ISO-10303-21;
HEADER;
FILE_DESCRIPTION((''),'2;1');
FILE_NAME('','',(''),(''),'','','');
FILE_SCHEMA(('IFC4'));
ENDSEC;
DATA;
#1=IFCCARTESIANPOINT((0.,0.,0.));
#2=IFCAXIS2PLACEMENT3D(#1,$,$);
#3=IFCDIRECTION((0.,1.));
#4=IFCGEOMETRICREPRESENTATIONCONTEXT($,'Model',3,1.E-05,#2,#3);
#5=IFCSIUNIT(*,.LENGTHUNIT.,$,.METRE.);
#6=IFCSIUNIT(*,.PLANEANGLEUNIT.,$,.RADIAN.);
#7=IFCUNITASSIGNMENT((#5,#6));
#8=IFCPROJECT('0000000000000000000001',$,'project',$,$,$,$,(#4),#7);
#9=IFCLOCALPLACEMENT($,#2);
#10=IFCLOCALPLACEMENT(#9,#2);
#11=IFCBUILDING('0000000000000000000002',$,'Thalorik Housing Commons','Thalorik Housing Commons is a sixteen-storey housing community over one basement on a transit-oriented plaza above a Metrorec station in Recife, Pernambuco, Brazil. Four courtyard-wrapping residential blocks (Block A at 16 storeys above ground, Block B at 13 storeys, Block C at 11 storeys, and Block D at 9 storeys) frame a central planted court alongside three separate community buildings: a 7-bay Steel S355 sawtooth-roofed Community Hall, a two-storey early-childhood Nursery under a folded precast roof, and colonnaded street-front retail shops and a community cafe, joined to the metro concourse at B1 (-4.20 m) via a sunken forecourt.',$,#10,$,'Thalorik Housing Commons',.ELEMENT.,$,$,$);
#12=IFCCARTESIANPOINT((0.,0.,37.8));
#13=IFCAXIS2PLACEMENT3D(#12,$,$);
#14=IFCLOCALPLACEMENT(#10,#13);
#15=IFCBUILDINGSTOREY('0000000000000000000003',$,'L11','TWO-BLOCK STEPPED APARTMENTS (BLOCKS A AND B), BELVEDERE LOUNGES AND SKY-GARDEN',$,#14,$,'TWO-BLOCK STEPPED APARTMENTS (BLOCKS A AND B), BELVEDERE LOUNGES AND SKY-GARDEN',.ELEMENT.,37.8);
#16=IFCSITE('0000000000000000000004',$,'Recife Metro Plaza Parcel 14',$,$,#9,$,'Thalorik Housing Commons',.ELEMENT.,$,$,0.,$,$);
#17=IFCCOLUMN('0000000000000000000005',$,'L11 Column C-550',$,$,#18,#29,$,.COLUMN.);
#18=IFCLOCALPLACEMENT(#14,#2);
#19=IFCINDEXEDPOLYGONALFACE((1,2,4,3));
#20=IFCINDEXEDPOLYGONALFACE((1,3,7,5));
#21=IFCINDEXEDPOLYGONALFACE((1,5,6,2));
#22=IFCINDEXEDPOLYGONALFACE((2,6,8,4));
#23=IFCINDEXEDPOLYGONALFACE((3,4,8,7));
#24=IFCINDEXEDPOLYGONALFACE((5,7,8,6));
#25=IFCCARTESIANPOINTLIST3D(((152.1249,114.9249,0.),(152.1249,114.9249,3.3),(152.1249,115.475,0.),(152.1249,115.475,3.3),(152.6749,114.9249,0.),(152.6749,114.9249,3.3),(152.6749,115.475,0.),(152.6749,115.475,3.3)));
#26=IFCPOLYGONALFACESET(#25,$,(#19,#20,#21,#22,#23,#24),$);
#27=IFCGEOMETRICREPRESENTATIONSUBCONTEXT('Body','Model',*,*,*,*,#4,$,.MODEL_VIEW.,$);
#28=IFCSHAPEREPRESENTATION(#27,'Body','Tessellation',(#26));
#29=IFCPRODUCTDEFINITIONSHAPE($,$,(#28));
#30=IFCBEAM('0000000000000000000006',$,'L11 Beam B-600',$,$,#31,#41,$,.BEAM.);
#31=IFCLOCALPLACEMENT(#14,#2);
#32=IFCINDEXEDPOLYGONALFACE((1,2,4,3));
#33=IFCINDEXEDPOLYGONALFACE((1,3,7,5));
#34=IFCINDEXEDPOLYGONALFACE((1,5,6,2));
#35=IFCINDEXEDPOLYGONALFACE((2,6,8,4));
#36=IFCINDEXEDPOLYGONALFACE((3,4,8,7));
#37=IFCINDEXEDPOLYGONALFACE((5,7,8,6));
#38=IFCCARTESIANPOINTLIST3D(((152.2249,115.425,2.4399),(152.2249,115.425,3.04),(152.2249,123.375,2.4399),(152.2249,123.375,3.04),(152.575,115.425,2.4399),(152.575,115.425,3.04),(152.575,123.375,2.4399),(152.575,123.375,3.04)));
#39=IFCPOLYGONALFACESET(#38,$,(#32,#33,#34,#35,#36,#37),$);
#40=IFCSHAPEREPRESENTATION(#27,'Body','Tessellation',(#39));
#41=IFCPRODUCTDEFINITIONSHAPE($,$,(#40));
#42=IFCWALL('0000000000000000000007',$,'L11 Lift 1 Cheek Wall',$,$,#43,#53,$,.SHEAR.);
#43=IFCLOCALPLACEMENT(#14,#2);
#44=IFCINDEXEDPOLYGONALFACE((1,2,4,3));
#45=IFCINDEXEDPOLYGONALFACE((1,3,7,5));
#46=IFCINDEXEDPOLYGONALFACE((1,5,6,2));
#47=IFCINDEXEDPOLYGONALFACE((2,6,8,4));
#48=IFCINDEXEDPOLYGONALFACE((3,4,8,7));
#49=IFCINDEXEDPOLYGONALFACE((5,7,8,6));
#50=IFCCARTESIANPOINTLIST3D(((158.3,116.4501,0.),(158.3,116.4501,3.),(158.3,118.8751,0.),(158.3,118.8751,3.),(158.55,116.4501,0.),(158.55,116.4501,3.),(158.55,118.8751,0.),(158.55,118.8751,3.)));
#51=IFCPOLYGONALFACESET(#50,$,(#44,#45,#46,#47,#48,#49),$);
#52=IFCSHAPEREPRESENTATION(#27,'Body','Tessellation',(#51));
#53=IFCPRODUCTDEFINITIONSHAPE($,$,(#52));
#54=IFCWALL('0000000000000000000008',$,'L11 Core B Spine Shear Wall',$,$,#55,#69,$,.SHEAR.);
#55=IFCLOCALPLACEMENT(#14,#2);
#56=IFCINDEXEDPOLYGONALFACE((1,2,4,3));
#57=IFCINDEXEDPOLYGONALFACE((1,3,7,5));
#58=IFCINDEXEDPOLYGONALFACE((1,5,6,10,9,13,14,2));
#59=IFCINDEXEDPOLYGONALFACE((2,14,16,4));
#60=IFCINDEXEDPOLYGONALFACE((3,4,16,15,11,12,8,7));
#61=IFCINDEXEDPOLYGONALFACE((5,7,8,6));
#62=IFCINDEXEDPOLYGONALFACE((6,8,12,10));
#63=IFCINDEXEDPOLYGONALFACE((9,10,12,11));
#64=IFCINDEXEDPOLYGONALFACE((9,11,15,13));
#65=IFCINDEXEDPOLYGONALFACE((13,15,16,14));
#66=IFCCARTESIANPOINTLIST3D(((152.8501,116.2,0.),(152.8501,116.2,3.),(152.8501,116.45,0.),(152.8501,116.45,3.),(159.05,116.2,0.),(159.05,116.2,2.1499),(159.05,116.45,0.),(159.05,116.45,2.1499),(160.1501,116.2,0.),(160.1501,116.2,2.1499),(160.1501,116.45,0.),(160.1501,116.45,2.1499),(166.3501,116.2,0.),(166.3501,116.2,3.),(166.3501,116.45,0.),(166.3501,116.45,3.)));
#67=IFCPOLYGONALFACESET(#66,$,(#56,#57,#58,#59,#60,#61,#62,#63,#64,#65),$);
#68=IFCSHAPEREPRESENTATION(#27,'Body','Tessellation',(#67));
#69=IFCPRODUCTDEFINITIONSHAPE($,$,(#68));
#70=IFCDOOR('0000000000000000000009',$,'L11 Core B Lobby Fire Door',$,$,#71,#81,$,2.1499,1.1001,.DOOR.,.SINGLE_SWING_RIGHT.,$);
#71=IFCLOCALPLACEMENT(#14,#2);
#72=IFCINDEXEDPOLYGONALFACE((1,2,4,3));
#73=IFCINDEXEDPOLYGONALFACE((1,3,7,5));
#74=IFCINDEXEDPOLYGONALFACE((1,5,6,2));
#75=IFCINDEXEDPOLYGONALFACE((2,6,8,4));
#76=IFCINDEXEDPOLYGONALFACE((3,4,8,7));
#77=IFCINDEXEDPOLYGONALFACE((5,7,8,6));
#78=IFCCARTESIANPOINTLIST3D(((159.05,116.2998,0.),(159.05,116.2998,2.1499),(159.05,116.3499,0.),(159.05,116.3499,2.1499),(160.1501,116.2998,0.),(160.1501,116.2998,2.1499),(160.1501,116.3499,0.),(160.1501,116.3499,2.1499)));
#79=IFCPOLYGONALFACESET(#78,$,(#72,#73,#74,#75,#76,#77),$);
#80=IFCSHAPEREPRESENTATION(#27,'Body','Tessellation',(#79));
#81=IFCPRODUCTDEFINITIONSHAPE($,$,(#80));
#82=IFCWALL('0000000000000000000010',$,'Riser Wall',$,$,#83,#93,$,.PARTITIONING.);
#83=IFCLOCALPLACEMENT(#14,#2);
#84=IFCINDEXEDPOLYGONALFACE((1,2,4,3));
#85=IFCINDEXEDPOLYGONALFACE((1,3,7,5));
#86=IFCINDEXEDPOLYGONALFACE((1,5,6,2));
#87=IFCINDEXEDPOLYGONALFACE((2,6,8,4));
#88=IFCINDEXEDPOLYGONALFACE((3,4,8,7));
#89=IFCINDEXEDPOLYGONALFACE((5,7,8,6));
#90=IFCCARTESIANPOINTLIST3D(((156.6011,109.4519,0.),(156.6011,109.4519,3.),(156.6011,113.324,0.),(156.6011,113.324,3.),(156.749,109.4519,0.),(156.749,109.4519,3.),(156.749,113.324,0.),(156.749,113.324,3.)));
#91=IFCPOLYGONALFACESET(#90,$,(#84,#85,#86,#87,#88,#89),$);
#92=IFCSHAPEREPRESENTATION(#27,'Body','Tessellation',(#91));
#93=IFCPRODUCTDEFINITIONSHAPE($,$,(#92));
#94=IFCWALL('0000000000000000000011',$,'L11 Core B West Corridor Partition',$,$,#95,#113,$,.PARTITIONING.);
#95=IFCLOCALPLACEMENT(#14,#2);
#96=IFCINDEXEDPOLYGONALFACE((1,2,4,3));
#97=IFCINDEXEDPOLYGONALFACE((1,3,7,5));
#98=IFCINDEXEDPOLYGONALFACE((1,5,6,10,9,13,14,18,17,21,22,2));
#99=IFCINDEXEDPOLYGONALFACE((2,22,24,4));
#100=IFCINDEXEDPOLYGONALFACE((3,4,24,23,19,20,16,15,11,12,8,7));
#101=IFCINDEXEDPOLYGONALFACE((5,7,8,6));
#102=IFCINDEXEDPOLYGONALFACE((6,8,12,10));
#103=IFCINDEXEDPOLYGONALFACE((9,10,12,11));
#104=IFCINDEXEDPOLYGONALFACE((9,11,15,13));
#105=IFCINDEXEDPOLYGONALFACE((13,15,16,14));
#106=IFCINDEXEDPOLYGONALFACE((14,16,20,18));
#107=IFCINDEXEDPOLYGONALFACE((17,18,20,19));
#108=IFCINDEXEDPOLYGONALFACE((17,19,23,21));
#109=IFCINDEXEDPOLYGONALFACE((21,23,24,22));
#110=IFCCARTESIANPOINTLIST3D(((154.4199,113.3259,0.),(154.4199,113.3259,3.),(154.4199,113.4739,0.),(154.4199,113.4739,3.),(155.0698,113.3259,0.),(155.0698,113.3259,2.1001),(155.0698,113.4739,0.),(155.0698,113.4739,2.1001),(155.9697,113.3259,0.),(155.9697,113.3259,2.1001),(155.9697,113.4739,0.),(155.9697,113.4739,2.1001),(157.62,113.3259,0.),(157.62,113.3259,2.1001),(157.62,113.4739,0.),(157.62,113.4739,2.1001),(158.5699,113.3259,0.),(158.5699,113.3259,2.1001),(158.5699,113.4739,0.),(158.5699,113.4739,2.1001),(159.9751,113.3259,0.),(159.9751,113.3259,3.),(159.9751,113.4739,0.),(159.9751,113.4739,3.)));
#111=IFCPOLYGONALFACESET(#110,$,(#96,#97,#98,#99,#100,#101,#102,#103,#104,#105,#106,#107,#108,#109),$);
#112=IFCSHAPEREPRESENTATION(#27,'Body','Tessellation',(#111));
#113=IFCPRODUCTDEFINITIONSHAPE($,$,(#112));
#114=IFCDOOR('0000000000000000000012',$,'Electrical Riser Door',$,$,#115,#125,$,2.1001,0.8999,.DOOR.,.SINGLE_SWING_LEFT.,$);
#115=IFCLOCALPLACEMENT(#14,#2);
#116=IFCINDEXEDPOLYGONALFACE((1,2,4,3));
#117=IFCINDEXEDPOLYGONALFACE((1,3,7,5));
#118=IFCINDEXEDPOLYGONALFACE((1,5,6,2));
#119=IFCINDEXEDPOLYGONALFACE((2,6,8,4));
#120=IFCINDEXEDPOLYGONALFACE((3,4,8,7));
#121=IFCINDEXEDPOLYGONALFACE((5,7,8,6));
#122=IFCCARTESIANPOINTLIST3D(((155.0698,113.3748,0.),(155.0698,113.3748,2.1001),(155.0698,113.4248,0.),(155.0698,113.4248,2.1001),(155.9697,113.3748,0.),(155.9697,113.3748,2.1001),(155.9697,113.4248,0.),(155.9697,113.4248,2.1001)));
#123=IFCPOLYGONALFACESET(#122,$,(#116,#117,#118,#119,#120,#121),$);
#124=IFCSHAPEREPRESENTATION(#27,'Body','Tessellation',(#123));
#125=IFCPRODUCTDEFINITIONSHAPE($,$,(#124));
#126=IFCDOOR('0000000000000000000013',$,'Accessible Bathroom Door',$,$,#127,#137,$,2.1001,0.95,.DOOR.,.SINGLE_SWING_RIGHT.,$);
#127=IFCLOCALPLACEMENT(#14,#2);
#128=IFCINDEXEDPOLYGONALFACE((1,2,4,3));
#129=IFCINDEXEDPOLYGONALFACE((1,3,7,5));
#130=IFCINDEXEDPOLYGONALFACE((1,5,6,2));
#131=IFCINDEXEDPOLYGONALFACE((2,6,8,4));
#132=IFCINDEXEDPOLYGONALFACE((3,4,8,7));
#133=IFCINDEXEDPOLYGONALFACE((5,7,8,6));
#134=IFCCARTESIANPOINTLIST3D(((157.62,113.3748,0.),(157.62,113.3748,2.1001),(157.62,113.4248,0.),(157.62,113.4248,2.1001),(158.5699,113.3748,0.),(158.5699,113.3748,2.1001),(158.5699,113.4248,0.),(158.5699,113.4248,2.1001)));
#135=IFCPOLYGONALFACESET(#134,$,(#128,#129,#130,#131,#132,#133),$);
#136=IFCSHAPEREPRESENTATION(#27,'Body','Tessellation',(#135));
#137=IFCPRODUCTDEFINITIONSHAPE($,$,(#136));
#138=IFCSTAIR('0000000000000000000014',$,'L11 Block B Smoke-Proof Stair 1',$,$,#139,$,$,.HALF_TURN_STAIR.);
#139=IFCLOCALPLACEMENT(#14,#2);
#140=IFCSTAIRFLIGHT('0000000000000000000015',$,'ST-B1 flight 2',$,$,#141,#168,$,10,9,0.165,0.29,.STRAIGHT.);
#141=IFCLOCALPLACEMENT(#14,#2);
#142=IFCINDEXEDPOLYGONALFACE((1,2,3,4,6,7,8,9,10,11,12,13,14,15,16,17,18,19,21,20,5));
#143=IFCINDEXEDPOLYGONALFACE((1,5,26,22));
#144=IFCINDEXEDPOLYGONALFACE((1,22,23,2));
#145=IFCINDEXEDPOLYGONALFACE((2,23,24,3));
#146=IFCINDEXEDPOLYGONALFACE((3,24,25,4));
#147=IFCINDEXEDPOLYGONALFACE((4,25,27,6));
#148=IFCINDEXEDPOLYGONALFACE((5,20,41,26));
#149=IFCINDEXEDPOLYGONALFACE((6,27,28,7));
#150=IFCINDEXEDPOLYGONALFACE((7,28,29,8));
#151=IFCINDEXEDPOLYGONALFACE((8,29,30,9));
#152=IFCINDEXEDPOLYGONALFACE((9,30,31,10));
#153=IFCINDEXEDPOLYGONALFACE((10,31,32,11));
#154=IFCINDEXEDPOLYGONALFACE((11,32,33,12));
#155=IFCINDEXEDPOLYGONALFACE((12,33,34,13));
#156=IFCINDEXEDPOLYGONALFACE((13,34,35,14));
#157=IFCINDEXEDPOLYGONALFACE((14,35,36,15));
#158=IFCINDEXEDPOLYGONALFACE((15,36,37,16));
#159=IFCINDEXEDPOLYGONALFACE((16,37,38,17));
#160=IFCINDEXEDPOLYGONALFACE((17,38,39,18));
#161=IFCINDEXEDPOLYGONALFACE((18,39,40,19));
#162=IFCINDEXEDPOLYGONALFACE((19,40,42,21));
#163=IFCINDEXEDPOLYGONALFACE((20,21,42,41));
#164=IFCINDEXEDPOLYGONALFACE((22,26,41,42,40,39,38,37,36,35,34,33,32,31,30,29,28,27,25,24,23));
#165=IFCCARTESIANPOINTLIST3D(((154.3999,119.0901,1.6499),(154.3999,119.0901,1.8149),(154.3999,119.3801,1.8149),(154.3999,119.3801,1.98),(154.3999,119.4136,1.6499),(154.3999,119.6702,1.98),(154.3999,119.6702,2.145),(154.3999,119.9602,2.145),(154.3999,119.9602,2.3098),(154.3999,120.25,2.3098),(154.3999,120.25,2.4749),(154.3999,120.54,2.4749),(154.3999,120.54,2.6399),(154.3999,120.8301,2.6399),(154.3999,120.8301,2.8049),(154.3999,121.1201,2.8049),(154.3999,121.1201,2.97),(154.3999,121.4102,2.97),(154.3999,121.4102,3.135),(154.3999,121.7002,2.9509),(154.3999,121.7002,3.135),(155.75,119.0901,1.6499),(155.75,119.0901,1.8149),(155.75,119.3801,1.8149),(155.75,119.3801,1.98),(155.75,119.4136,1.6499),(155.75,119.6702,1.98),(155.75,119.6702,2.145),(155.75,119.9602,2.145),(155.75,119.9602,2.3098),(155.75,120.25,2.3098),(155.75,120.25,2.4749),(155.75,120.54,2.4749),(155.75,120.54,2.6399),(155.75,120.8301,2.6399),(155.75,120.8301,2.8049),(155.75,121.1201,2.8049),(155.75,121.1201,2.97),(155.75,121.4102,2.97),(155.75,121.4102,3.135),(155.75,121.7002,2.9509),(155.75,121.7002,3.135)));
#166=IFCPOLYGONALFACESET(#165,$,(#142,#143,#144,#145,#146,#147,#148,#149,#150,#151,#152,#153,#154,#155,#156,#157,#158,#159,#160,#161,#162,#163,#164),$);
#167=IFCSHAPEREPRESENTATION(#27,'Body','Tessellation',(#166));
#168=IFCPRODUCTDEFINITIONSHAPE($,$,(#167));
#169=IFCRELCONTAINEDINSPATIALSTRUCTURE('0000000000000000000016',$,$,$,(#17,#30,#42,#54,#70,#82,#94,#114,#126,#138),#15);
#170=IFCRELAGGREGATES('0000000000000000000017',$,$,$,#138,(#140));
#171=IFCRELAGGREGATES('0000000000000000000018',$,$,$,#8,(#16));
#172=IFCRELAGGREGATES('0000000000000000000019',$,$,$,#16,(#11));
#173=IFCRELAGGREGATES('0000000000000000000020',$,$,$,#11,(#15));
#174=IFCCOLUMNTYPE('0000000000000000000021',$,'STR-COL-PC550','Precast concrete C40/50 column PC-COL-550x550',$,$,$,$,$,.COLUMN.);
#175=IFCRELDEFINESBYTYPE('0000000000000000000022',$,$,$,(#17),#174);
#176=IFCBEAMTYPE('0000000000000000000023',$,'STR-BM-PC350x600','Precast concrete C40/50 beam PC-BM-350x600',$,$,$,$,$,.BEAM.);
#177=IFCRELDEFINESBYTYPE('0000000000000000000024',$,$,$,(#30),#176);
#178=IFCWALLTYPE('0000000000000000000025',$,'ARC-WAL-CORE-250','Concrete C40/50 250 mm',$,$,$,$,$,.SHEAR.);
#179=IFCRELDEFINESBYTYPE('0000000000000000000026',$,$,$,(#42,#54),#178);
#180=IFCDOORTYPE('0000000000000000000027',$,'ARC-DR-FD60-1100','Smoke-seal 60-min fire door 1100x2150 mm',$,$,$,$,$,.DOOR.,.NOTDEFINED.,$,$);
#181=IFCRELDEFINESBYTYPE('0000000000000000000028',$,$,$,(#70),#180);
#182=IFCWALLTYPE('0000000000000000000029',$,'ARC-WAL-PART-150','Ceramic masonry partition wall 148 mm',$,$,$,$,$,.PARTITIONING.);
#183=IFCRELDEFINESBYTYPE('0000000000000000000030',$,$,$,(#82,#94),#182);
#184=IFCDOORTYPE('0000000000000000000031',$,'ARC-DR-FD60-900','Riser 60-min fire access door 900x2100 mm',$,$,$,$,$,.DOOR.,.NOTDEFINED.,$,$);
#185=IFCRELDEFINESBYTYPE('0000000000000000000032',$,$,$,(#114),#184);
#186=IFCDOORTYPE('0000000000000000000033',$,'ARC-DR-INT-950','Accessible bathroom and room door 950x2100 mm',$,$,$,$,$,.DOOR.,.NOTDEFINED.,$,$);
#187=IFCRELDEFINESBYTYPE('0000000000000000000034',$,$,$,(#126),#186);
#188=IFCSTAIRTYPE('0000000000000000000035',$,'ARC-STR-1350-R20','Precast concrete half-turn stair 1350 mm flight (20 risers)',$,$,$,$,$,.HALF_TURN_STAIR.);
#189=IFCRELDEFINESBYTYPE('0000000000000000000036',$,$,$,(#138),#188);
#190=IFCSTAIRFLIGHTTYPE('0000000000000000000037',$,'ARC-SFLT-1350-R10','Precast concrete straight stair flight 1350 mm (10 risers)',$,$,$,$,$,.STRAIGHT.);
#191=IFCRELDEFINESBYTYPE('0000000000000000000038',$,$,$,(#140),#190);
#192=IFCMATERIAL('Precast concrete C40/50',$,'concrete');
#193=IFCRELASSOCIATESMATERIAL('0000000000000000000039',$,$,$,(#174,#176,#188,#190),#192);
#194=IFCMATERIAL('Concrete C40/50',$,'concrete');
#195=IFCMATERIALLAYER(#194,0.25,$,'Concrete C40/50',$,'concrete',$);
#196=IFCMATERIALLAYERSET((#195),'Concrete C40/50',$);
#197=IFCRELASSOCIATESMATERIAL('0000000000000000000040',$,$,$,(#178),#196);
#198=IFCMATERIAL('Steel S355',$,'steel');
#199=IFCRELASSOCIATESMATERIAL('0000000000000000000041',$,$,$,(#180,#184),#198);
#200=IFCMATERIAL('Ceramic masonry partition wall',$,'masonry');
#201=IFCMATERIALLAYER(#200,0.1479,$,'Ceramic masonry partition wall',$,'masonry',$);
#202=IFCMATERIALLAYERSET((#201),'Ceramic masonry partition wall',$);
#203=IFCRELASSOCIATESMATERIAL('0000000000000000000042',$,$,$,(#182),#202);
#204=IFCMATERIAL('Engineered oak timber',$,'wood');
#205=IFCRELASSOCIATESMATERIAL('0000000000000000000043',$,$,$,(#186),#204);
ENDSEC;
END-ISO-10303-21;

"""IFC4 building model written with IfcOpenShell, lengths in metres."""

from ifc_helpers import new_model, si_unit, direction, frame, frame_2d, origin, origin_2d, place, context, subcontext, project, spatial, polyline, rectangle, outline, extrude, material, layer, layer_set, material_profile, profile_set, type_object, element, fill, aggregate, save


model = new_model("IFC4")

# Units and contexts
model_context = context("Model", 3, precision=1e-05, world=origin(), true_north=direction((0.0, 1.0)))
body_context = subcontext(model_context, "Body", "Model", "MODEL_VIEW")
ifc_project = project(units=[si_unit("LENGTHUNIT", "METRE"), si_unit("PLANEANGLEUNIT", "RADIAN")], contexts=[model_context])

# Site, building, storey
site_placement = place(None, origin())
site = spatial("IfcSite", under=ifc_project, at=site_placement, Name="Recife Metro Plaza Parcel 14", LongName="Thalorik Housing Commons", CompositionType="ELEMENT", RefElevation=0.0)
building_placement = place(site_placement, origin())
building = spatial("IfcBuilding", under=site, at=building_placement, Name="Thalorik Housing Commons", Description="Thalorik Housing Commons is a sixteen-storey housing community over one basement on a transit-oriented plaza above a Metrorec station in Recife, Pernambuco, Brazil. Four courtyard-wrapping residential blocks (Block A at 16 storeys above ground, Block B at 13 storeys, Block C at 11 storeys, and Block D at 9 storeys) frame a central planted court alongside three separate community buildings: a 7-bay Steel S355 sawtooth-roofed Community Hall, a two-storey early-childhood Nursery under a folded precast roof, and colonnaded street-front retail shops and a community cafe, joined to the metro concourse at B1 (-4.20 m) via a sunken forecourt.", LongName="Thalorik Housing Commons", CompositionType="ELEMENT")
storey_placement = place(building_placement, frame((0.0, 0.0, 37.8)))
storey = spatial("IfcBuildingStorey", under=building, at=storey_placement, Name="L11", Description="TWO-BLOCK STEPPED APARTMENTS (BLOCKS A AND B), BELVEDERE LOUNGES AND SKY-GARDEN", LongName="TWO-BLOCK STEPPED APARTMENTS (BLOCKS A AND B), BELVEDERE LOUNGES AND SKY-GARDEN", CompositionType="ELEMENT", Elevation=37.8)

# Column
ifc_material_1 = material(Name="Precast concrete C40/50", Category="concrete")
ifc_material_profile_1 = material_profile(ifc_material_1, rectangle(XDim=0.55, YDim=0.55, at=origin_2d()), Name="PC 550x550", Category="concrete")
ifc_profile_set_1 = profile_set([ifc_material_profile_1], Name="Precast concrete C40/50")
column_type = type_object("IfcColumnType", Name="STR-COL-PC550", Description="Precast concrete C40/50 column PC-COL-550x550", PredefinedType="COLUMN", material=ifc_profile_set_1)
column_placement = place(storey_placement, frame((152.3999, 115.2, 0.0), z_axis=(0.0, 0.0, 1.0), x_axis=(1.0, 0.0, 0.0)))
element("IfcColumn", 1, at=column_placement, inside=storey, type_object=column_type, Name="L11 Column C-550", PredefinedType="COLUMN", context=body_context, shape_type="SweptSolid", body=[
    extrude(rectangle(XDim=0.55, YDim=0.55, at=origin_2d()), origin(), (0.0, 0.0, 1.0), 3.3),
])

# Beam
ifc_material_profile_2 = material_profile(ifc_material_1, rectangle(XDim=0.3501, YDim=0.6001, at=origin_2d()), Name="PC 350x600", Category="concrete")
ifc_profile_set_2 = profile_set([ifc_material_profile_2], Name="Precast concrete C40/50")
beam_type = type_object("IfcBeamType", Name="STR-BM-PC350x600", Description="Precast concrete C40/50 beam PC-BM-350x600", PredefinedType="BEAM", material=ifc_profile_set_2)
beam_placement = place(storey_placement, frame((152.3999, 115.425, 2.74), z_axis=(0.0, 1.0, 0.0), x_axis=(-1.0, 0.0, 0.0)))
element("IfcBeam", 2, at=beam_placement, inside=storey, type_object=beam_type, Name="L11 Beam B-600", PredefinedType="BEAM", context=body_context, shape_type="SweptSolid", body=[
    extrude(rectangle(XDim=0.3501, YDim=0.6001, at=origin_2d()), origin(), (0.0, 0.0, 1.0), 7.95),
])

# Shared definitions
ifc_material_2 = material(Name="Concrete C40/50", Category="concrete")
ifc_layer_1 = layer(ifc_material_2, 0.25, Name="Concrete C40/50", Category="concrete")
ifc_layer_set_1 = layer_set([ifc_layer_1], Name="Concrete C40/50")
wall_type_1 = type_object("IfcWallType", Name="ARC-WAL-CORE-250", Description="Concrete C40/50 250 mm", PredefinedType="SHEAR", material=ifc_layer_set_1)
ifc_material_3 = material(Name="Steel S355", Category="steel")

# Wall
wall_1_placement = place(storey_placement, frame((158.425, 118.875, 0.0), z_axis=(0.0, 0.0, 1.0), x_axis=(0.0, -1.0, 0.0)))
element("IfcWall", 3, at=wall_1_placement, inside=storey, type_object=wall_type_1, Name="L11 Lift 1 Cheek Wall", PredefinedType="SHEAR", context=body_context, shape_type="SweptSolid", body=[
    extrude(rectangle(XDim=2.425, YDim=0.25, at=frame_2d((1.2124, 0.0))), origin(), (0.0, 0.0, 1.0), 3.0),
])

# Wall, opening, door
wall_2_placement = place(storey_placement, frame((152.8501, 116.325, 0.0), z_axis=(0.0, 0.0, 1.0), x_axis=(1.0, 0.0, 0.0)))
wall_2 = element("IfcWall", 4, at=wall_2_placement, inside=storey, type_object=wall_type_1, Name="L11 Core B Spine Shear Wall", PredefinedType="SHEAR", context=body_context, shape_type="SweptSolid", body=[
    extrude(rectangle(XDim=13.5, YDim=0.25, at=frame_2d((6.75, 0.0))), origin(), (0.0, 0.0, 1.0), 3.0),
])
opening_1_placement = place(wall_2_placement, frame((6.2, 0.0, 0.0)))
opening_1 = element("IfcOpeningElement", 5, at=opening_1_placement, cuts=wall_2, PredefinedType="OPENING", context=body_context, shape_type="SweptSolid", body=[
    extrude(rectangle(XDim=1.1001, YDim=2.1499, at=frame_2d((0.55, 1.075))), frame((0.0, 0.135, 0.0), z_axis=(0.0, -1.0, 0.0), x_axis=(1.0, 0.0, 0.0)), (0.0, 0.0, 1.0), 0.27),
])
door_type_1 = type_object("IfcDoorType", Name="ARC-DR-FD60-1100", Description="Smoke-seal 60-min fire door 1100x2150 mm", OperationType="NOTDEFINED", PredefinedType="DOOR", material=ifc_material_3)
door_1_placement = place(opening_1_placement, origin())
door_1 = element("IfcDoor", 6, at=door_1_placement, inside=storey, type_object=door_type_1, Name="L11 Core B Lobby Fire Door", OperationType="SINGLE_SWING_RIGHT", OverallHeight=2.1499, OverallWidth=1.1001, PredefinedType="DOOR", context=body_context, shape_type="SweptSolid", body=[
    extrude(rectangle(XDim=1.1001, YDim=2.1499, at=frame_2d((0.55, 1.075))), frame((0.0, 0.0249, 0.0), z_axis=(0.0, -1.0, 0.0), x_axis=(1.0, 0.0, 0.0)), (0.0, 0.0, 1.0), 0.05),
])
fill(opening_1, door_1)

# Wall
ifc_material_4 = material(Name="Ceramic masonry partition wall", Category="masonry")
ifc_layer_2 = layer(ifc_material_4, 0.1479, Name="Ceramic masonry partition wall", Category="masonry")
ifc_layer_set_2 = layer_set([ifc_layer_2], Name="Ceramic masonry partition wall")
wall_type_2 = type_object("IfcWallType", Name="ARC-WAL-PART-150", Description="Ceramic masonry partition wall 148 mm", PredefinedType="PARTITIONING", material=ifc_layer_set_2)
wall_3_placement = place(storey_placement, frame((156.675, 113.324, 0.0), z_axis=(0.0, 0.0, 1.0), x_axis=(0.0, -1.0, 0.0)))
element("IfcWall", 7, at=wall_3_placement, inside=storey, type_object=wall_type_2, Name="Riser Wall", PredefinedType="PARTITIONING", context=body_context, shape_type="SweptSolid", body=[
    extrude(rectangle(XDim=3.8721, YDim=0.1479, at=frame_2d((1.936, 0.0))), origin(), (0.0, 0.0, 1.0), 3.0),
])

# Wall, openings, doors
wall_4_placement = place(storey_placement, frame((154.4199, 113.3999, 0.0), z_axis=(0.0, 0.0, 1.0), x_axis=(1.0, 0.0, 0.0)))
wall_4 = element("IfcWall", 8, at=wall_4_placement, inside=storey, type_object=wall_type_2, Name="L11 Core B West Corridor Partition", PredefinedType="PARTITIONING", context=body_context, shape_type="SweptSolid", body=[
    extrude(rectangle(XDim=5.5552, YDim=0.1479, at=frame_2d((2.7776, 0.0))), origin(), (0.0, 0.0, 1.0), 3.0),
])
opening_2_placement = place(wall_4_placement, frame((0.6499, 0.0, 0.0)))
opening_2 = element("IfcOpeningElement", 9, at=opening_2_placement, cuts=wall_4, PredefinedType="OPENING", context=body_context, shape_type="SweptSolid", body=[
    extrude(rectangle(XDim=0.8999, YDim=2.1001, at=frame_2d((0.45, 1.05))), frame((0.0, 0.084, 0.0), z_axis=(0.0, -1.0, 0.0), x_axis=(1.0, 0.0, 0.0)), (0.0, 0.0, 1.0), 0.168),
])
opening_3_placement = place(wall_4_placement, frame((3.2, 0.0, 0.0)))
opening_3 = element("IfcOpeningElement", 10, at=opening_3_placement, cuts=wall_4, PredefinedType="OPENING", context=body_context, shape_type="SweptSolid", body=[
    extrude(rectangle(XDim=0.95, YDim=2.1001, at=frame_2d((0.4751, 1.05))), frame((0.0, 0.084, 0.0), z_axis=(0.0, -1.0, 0.0), x_axis=(1.0, 0.0, 0.0)), (0.0, 0.0, 1.0), 0.168),
])
door_type_2 = type_object("IfcDoorType", Name="ARC-DR-FD60-900", Description="Riser 60-min fire access door 900x2100 mm", OperationType="NOTDEFINED", PredefinedType="DOOR", material=ifc_material_3)
door_2_placement = place(opening_2_placement, origin())
door_2 = element("IfcDoor", 11, at=door_2_placement, inside=storey, type_object=door_type_2, Name="Electrical Riser Door", OperationType="SINGLE_SWING_LEFT", OverallHeight=2.1001, OverallWidth=0.8999, PredefinedType="DOOR", context=body_context, shape_type="SweptSolid", body=[
    extrude(rectangle(XDim=0.8999, YDim=2.1001, at=frame_2d((0.45, 1.05))), frame((0.0, 0.0249, 0.0), z_axis=(0.0, -1.0, 0.0), x_axis=(1.0, 0.0, 0.0)), (0.0, 0.0, 1.0), 0.05),
])
fill(opening_2, door_2)
ifc_material_5 = material(Name="Engineered oak timber", Category="wood")
door_type_3 = type_object("IfcDoorType", Name="ARC-DR-INT-950", Description="Accessible bathroom and room door 950x2100 mm", OperationType="NOTDEFINED", PredefinedType="DOOR", material=ifc_material_5)
door_3_placement = place(opening_3_placement, origin())
door_3 = element("IfcDoor", 12, at=door_3_placement, inside=storey, type_object=door_type_3, Name="Accessible Bathroom Door", OperationType="SINGLE_SWING_RIGHT", OverallHeight=2.1001, OverallWidth=0.95, PredefinedType="DOOR", context=body_context, shape_type="SweptSolid", body=[
    extrude(rectangle(XDim=0.95, YDim=2.1001, at=frame_2d((0.4751, 1.05))), frame((0.0, 0.0249, 0.0), z_axis=(0.0, -1.0, 0.0), x_axis=(1.0, 0.0, 0.0)), (0.0, 0.0, 1.0), 0.05),
])
fill(opening_3, door_3)

# Stair, stair flight
stair_type = type_object("IfcStairType", Name="ARC-STR-1350-R20", Description="Precast concrete half-turn stair 1350 mm flight (20 risers)", PredefinedType="HALF_TURN_STAIR", material=ifc_material_1)
stair_placement = place(storey_placement, origin())
stair = element("IfcStair", 13, at=stair_placement, inside=storey, type_object=stair_type, Name="L11 Block B Smoke-Proof Stair 1", PredefinedType="HALF_TURN_STAIR")
stair_flight_type = type_object("IfcStairFlightType", Name="ARC-SFLT-1350-R10", Description="Precast concrete straight stair flight 1350 mm (10 risers)", PredefinedType="STRAIGHT", material=ifc_material_1)
stair_flight_placement = place(storey_placement, frame((155.075, 119.0901, 1.6499), z_axis=(0.0, 0.0, 1.0), x_axis=(0.0, 1.0, 0.0)))
stair_flight = element("IfcStairFlight", 14, at=stair_flight_placement, type_object=stair_flight_type, Name="ST-B1 flight 2", NumberOfRisers=10, NumberOfTreads=9, PredefinedType="STRAIGHT", RiserHeight=0.165, TreadLength=0.29, context=body_context, shape_type="SweptSolid", body=[
    extrude(outline(polyline([(0.0, 0.0), (0.0, 0.165), (0.29, 0.165), (0.29, 0.3301), (0.5801, 0.3301), (0.5801, 0.4951), (0.8701, 0.4951), (0.8701, 0.6599), (1.1599, 0.6599), (1.1599, 0.825), (1.45, 0.825), (1.45, 0.99), (1.74, 0.99), (1.74, 1.155), (2.03, 1.155), (2.03, 1.3201), (2.3201, 1.3201), (2.3201, 1.4851), (2.6101, 1.4851), (2.6101, 1.6499), (2.6101, 1.301), (0.3235, 0.0), (0.0, 0.0)])), frame((0.0, 0.675, 0.0), z_axis=(0.0, -1.0, 0.0), x_axis=(1.0, 0.0, 0.0)), (0.0, 0.0, 1.0), 1.3501),
])
aggregate(stair, [stair_flight])

save(model, "model.ifc")
